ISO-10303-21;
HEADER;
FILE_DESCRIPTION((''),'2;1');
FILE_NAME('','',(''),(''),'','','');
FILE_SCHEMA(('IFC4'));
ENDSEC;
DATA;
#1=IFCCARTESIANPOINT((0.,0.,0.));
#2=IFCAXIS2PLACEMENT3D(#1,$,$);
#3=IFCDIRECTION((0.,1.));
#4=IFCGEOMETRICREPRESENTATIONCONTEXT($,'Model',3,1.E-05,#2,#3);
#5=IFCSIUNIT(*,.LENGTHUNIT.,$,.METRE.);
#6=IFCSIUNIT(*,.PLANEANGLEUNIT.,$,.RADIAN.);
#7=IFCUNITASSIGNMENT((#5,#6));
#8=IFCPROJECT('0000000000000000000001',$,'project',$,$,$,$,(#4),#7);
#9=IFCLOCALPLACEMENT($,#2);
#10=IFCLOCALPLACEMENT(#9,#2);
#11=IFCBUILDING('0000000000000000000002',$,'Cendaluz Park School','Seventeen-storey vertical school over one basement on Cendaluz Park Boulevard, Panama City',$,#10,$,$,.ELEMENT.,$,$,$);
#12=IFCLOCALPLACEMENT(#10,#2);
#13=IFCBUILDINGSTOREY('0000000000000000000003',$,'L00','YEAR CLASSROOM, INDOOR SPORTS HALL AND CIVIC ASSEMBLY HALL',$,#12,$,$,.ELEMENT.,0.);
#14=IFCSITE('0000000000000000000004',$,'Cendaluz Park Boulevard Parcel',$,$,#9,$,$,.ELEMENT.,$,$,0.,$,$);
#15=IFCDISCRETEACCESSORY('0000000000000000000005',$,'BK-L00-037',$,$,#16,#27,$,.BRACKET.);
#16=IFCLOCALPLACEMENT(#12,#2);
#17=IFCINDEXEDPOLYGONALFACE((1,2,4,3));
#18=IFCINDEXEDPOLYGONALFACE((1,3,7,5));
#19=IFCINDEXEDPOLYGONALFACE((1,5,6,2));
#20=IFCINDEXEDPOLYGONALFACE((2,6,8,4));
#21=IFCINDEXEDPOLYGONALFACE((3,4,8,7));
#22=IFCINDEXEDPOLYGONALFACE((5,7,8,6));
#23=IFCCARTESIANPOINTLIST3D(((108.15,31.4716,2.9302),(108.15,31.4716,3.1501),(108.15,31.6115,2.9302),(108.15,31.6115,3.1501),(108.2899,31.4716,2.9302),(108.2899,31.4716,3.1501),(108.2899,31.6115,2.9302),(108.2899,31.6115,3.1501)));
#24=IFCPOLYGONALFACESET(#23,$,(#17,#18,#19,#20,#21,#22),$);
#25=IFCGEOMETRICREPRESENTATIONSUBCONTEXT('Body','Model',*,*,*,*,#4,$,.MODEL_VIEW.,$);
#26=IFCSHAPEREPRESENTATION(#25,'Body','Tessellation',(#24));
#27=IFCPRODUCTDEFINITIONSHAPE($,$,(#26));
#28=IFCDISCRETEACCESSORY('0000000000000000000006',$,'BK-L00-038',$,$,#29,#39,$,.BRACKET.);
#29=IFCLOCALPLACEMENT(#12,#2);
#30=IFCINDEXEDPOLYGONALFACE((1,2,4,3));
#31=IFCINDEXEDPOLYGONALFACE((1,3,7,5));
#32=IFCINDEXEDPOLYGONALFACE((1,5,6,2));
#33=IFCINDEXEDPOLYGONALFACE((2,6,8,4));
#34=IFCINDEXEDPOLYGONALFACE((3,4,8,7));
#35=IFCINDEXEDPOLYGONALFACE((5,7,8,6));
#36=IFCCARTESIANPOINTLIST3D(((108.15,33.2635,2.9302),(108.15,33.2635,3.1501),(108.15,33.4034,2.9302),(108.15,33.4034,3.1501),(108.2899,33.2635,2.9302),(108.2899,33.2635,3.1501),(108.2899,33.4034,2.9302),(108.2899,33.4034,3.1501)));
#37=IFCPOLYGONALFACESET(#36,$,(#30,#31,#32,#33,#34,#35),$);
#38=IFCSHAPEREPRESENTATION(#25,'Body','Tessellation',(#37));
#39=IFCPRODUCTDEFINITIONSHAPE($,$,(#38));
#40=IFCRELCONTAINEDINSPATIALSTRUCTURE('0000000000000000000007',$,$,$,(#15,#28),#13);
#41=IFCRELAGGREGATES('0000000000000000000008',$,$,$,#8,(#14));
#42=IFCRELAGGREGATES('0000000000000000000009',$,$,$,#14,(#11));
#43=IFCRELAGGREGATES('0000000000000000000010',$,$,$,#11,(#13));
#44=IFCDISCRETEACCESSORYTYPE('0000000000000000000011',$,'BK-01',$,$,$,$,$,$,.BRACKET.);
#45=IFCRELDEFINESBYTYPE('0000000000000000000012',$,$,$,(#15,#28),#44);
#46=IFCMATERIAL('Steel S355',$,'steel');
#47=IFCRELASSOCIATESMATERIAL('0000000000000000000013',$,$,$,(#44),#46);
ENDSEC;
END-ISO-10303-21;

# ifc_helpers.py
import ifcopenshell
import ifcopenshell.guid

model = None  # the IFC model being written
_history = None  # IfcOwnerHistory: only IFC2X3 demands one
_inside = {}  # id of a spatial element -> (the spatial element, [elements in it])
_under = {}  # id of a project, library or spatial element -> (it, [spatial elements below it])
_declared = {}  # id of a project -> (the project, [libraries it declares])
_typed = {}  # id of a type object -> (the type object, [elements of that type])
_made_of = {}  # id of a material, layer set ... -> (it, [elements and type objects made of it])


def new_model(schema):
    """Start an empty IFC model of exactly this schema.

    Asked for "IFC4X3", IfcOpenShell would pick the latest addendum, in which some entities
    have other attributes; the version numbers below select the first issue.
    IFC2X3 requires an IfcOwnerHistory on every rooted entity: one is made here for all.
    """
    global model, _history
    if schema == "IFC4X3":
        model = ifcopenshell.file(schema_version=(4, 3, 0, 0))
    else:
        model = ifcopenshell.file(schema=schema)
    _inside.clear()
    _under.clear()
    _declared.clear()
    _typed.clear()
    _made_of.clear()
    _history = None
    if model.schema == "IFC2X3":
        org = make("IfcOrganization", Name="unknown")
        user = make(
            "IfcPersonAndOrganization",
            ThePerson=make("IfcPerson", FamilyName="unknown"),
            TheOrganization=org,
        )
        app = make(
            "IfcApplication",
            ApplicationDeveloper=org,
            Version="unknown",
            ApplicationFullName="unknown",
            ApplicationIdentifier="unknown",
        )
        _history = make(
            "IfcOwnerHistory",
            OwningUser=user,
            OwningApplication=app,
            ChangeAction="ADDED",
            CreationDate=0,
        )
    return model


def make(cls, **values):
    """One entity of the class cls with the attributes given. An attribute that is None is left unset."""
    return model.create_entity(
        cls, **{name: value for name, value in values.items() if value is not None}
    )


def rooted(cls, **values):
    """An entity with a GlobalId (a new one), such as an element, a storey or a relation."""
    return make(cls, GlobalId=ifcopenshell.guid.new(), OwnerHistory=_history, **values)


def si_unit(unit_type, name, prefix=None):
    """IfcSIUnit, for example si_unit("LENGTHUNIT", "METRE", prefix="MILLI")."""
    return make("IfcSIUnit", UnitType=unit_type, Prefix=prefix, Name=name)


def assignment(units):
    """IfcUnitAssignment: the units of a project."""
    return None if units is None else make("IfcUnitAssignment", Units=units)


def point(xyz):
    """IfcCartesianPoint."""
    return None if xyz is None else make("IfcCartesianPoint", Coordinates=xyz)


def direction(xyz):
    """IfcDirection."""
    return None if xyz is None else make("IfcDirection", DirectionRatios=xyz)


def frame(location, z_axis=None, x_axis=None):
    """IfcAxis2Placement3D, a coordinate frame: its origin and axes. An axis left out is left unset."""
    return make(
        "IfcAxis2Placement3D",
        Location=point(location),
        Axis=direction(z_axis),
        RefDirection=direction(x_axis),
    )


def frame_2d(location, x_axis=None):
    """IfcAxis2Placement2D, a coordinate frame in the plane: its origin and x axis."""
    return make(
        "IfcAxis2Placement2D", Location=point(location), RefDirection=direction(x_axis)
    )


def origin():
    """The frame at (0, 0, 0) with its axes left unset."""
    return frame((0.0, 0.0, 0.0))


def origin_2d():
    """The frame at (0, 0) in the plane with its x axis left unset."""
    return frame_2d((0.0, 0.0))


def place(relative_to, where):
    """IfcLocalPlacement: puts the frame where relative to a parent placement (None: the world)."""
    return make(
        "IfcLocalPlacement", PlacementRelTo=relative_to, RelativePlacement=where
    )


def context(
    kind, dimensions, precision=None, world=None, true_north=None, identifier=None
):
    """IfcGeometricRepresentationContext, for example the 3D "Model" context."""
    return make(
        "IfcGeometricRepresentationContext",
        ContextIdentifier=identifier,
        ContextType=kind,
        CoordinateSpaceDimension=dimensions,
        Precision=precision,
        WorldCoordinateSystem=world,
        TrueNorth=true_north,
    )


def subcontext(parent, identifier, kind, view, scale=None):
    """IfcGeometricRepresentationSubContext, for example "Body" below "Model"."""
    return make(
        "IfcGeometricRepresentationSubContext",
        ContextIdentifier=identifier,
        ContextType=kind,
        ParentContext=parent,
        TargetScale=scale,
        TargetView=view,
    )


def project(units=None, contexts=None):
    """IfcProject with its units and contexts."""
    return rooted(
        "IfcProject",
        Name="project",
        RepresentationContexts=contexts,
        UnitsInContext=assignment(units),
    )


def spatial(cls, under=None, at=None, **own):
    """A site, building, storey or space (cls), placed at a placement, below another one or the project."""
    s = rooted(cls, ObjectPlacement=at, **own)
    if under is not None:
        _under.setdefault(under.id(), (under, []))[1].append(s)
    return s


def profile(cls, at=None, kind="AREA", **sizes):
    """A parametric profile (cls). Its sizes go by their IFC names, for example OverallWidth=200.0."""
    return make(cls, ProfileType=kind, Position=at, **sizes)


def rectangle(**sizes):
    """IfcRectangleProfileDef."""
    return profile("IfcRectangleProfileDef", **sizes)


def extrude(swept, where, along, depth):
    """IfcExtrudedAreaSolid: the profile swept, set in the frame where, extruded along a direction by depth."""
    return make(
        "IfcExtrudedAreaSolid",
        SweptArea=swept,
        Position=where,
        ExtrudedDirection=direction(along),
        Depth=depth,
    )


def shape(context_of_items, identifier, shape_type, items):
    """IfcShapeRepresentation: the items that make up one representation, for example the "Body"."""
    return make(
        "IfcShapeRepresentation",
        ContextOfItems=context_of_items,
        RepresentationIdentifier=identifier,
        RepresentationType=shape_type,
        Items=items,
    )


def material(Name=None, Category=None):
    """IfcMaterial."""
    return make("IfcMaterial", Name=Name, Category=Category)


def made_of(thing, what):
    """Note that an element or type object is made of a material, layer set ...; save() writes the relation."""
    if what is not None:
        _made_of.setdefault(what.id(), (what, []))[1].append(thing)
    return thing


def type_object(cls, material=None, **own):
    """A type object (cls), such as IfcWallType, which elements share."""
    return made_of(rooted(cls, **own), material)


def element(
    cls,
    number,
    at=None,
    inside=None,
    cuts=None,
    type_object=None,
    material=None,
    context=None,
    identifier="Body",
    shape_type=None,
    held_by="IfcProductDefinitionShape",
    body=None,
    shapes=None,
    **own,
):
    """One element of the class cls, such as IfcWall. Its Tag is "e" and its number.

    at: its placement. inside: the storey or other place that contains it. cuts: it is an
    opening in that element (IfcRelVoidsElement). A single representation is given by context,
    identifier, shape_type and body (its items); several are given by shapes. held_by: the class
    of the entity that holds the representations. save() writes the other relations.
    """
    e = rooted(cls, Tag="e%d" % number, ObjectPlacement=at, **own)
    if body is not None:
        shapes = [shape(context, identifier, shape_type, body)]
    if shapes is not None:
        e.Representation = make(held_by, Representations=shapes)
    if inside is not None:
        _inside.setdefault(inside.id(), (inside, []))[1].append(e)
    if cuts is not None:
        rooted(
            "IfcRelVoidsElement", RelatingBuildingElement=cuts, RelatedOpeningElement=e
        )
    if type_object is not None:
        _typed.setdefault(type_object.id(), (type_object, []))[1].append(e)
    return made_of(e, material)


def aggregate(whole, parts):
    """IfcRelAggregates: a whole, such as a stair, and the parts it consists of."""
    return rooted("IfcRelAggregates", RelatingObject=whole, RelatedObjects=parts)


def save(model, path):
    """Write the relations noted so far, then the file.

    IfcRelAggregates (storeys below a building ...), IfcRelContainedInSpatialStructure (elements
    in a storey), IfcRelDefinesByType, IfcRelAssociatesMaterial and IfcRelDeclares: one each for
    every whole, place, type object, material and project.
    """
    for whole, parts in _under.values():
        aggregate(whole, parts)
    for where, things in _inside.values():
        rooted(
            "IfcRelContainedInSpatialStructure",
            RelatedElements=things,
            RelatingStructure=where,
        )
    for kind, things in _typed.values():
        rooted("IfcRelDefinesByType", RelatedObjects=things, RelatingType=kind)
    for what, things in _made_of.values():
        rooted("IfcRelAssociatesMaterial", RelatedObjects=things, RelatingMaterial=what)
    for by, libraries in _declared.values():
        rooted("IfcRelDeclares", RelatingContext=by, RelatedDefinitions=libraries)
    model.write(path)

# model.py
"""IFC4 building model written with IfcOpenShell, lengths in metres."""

from ifc_helpers import new_model, si_unit, direction, frame, origin, origin_2d, place, context, subcontext, project, spatial, rectangle, extrude, material, type_object, element, save


model = new_model("IFC4")

# Units and contexts
model_context = context("Model", 3, precision=1e-05, world=origin(), true_north=direction((0.0, 1.0)))
body_context = subcontext(model_context, "Body", "Model", "MODEL_VIEW")
ifc_project = project(units=[si_unit("LENGTHUNIT", "METRE"), si_unit("PLANEANGLEUNIT", "RADIAN")], contexts=[model_context])

# Site, building, storey
site_placement = place(None, origin())
site = spatial("IfcSite", under=ifc_project, at=site_placement, Name="Cendaluz Park Boulevard Parcel", CompositionType="ELEMENT", RefElevation=0.0)
building_placement = place(site_placement, origin())
building = spatial("IfcBuilding", under=site, at=building_placement, Name="Cendaluz Park School", Description="Seventeen-storey vertical school over one basement on Cendaluz Park Boulevard, Panama City", CompositionType="ELEMENT")
storey_placement = place(building_placement, origin())
storey = spatial("IfcBuildingStorey", under=building, at=storey_placement, Name="L00", Description="YEAR CLASSROOM, INDOOR SPORTS HALL AND CIVIC ASSEMBLY HALL", CompositionType="ELEMENT", Elevation=0.0)

# Discrete accessories
ifc_material_1 = material(Name="Steel S355", Category="steel")
discrete_accessory_type = type_object("IfcDiscreteAccessoryType", Name="BK-01", PredefinedType="BRACKET", material=ifc_material_1)
for number, where, z_axis, x_axis, name in (
    (1, (108.22, 31.5415, 2.9302), (0.0, 0.0, 1.0), (0.0, 1.0, 0.0), "BK-L00-037"),
    (2, (108.22, 33.3335, 2.9302), (0.0, 0.0, 1.0), (0.0, 1.0, 0.0), "BK-L00-038"),
):
    element("IfcDiscreteAccessory", number, at=place(storey_placement, frame(where, z_axis=z_axis, x_axis=x_axis)), inside=storey, type_object=discrete_accessory_type, Name=name, PredefinedType="BRACKET", context=body_context, shape_type="SweptSolid", body=[
        extrude(rectangle(XDim=0.1399, YDim=0.1399, at=origin_2d()), origin(), (0.0, 0.0, 1.0), 0.22),
    ])

save(model, "model.ifc")
